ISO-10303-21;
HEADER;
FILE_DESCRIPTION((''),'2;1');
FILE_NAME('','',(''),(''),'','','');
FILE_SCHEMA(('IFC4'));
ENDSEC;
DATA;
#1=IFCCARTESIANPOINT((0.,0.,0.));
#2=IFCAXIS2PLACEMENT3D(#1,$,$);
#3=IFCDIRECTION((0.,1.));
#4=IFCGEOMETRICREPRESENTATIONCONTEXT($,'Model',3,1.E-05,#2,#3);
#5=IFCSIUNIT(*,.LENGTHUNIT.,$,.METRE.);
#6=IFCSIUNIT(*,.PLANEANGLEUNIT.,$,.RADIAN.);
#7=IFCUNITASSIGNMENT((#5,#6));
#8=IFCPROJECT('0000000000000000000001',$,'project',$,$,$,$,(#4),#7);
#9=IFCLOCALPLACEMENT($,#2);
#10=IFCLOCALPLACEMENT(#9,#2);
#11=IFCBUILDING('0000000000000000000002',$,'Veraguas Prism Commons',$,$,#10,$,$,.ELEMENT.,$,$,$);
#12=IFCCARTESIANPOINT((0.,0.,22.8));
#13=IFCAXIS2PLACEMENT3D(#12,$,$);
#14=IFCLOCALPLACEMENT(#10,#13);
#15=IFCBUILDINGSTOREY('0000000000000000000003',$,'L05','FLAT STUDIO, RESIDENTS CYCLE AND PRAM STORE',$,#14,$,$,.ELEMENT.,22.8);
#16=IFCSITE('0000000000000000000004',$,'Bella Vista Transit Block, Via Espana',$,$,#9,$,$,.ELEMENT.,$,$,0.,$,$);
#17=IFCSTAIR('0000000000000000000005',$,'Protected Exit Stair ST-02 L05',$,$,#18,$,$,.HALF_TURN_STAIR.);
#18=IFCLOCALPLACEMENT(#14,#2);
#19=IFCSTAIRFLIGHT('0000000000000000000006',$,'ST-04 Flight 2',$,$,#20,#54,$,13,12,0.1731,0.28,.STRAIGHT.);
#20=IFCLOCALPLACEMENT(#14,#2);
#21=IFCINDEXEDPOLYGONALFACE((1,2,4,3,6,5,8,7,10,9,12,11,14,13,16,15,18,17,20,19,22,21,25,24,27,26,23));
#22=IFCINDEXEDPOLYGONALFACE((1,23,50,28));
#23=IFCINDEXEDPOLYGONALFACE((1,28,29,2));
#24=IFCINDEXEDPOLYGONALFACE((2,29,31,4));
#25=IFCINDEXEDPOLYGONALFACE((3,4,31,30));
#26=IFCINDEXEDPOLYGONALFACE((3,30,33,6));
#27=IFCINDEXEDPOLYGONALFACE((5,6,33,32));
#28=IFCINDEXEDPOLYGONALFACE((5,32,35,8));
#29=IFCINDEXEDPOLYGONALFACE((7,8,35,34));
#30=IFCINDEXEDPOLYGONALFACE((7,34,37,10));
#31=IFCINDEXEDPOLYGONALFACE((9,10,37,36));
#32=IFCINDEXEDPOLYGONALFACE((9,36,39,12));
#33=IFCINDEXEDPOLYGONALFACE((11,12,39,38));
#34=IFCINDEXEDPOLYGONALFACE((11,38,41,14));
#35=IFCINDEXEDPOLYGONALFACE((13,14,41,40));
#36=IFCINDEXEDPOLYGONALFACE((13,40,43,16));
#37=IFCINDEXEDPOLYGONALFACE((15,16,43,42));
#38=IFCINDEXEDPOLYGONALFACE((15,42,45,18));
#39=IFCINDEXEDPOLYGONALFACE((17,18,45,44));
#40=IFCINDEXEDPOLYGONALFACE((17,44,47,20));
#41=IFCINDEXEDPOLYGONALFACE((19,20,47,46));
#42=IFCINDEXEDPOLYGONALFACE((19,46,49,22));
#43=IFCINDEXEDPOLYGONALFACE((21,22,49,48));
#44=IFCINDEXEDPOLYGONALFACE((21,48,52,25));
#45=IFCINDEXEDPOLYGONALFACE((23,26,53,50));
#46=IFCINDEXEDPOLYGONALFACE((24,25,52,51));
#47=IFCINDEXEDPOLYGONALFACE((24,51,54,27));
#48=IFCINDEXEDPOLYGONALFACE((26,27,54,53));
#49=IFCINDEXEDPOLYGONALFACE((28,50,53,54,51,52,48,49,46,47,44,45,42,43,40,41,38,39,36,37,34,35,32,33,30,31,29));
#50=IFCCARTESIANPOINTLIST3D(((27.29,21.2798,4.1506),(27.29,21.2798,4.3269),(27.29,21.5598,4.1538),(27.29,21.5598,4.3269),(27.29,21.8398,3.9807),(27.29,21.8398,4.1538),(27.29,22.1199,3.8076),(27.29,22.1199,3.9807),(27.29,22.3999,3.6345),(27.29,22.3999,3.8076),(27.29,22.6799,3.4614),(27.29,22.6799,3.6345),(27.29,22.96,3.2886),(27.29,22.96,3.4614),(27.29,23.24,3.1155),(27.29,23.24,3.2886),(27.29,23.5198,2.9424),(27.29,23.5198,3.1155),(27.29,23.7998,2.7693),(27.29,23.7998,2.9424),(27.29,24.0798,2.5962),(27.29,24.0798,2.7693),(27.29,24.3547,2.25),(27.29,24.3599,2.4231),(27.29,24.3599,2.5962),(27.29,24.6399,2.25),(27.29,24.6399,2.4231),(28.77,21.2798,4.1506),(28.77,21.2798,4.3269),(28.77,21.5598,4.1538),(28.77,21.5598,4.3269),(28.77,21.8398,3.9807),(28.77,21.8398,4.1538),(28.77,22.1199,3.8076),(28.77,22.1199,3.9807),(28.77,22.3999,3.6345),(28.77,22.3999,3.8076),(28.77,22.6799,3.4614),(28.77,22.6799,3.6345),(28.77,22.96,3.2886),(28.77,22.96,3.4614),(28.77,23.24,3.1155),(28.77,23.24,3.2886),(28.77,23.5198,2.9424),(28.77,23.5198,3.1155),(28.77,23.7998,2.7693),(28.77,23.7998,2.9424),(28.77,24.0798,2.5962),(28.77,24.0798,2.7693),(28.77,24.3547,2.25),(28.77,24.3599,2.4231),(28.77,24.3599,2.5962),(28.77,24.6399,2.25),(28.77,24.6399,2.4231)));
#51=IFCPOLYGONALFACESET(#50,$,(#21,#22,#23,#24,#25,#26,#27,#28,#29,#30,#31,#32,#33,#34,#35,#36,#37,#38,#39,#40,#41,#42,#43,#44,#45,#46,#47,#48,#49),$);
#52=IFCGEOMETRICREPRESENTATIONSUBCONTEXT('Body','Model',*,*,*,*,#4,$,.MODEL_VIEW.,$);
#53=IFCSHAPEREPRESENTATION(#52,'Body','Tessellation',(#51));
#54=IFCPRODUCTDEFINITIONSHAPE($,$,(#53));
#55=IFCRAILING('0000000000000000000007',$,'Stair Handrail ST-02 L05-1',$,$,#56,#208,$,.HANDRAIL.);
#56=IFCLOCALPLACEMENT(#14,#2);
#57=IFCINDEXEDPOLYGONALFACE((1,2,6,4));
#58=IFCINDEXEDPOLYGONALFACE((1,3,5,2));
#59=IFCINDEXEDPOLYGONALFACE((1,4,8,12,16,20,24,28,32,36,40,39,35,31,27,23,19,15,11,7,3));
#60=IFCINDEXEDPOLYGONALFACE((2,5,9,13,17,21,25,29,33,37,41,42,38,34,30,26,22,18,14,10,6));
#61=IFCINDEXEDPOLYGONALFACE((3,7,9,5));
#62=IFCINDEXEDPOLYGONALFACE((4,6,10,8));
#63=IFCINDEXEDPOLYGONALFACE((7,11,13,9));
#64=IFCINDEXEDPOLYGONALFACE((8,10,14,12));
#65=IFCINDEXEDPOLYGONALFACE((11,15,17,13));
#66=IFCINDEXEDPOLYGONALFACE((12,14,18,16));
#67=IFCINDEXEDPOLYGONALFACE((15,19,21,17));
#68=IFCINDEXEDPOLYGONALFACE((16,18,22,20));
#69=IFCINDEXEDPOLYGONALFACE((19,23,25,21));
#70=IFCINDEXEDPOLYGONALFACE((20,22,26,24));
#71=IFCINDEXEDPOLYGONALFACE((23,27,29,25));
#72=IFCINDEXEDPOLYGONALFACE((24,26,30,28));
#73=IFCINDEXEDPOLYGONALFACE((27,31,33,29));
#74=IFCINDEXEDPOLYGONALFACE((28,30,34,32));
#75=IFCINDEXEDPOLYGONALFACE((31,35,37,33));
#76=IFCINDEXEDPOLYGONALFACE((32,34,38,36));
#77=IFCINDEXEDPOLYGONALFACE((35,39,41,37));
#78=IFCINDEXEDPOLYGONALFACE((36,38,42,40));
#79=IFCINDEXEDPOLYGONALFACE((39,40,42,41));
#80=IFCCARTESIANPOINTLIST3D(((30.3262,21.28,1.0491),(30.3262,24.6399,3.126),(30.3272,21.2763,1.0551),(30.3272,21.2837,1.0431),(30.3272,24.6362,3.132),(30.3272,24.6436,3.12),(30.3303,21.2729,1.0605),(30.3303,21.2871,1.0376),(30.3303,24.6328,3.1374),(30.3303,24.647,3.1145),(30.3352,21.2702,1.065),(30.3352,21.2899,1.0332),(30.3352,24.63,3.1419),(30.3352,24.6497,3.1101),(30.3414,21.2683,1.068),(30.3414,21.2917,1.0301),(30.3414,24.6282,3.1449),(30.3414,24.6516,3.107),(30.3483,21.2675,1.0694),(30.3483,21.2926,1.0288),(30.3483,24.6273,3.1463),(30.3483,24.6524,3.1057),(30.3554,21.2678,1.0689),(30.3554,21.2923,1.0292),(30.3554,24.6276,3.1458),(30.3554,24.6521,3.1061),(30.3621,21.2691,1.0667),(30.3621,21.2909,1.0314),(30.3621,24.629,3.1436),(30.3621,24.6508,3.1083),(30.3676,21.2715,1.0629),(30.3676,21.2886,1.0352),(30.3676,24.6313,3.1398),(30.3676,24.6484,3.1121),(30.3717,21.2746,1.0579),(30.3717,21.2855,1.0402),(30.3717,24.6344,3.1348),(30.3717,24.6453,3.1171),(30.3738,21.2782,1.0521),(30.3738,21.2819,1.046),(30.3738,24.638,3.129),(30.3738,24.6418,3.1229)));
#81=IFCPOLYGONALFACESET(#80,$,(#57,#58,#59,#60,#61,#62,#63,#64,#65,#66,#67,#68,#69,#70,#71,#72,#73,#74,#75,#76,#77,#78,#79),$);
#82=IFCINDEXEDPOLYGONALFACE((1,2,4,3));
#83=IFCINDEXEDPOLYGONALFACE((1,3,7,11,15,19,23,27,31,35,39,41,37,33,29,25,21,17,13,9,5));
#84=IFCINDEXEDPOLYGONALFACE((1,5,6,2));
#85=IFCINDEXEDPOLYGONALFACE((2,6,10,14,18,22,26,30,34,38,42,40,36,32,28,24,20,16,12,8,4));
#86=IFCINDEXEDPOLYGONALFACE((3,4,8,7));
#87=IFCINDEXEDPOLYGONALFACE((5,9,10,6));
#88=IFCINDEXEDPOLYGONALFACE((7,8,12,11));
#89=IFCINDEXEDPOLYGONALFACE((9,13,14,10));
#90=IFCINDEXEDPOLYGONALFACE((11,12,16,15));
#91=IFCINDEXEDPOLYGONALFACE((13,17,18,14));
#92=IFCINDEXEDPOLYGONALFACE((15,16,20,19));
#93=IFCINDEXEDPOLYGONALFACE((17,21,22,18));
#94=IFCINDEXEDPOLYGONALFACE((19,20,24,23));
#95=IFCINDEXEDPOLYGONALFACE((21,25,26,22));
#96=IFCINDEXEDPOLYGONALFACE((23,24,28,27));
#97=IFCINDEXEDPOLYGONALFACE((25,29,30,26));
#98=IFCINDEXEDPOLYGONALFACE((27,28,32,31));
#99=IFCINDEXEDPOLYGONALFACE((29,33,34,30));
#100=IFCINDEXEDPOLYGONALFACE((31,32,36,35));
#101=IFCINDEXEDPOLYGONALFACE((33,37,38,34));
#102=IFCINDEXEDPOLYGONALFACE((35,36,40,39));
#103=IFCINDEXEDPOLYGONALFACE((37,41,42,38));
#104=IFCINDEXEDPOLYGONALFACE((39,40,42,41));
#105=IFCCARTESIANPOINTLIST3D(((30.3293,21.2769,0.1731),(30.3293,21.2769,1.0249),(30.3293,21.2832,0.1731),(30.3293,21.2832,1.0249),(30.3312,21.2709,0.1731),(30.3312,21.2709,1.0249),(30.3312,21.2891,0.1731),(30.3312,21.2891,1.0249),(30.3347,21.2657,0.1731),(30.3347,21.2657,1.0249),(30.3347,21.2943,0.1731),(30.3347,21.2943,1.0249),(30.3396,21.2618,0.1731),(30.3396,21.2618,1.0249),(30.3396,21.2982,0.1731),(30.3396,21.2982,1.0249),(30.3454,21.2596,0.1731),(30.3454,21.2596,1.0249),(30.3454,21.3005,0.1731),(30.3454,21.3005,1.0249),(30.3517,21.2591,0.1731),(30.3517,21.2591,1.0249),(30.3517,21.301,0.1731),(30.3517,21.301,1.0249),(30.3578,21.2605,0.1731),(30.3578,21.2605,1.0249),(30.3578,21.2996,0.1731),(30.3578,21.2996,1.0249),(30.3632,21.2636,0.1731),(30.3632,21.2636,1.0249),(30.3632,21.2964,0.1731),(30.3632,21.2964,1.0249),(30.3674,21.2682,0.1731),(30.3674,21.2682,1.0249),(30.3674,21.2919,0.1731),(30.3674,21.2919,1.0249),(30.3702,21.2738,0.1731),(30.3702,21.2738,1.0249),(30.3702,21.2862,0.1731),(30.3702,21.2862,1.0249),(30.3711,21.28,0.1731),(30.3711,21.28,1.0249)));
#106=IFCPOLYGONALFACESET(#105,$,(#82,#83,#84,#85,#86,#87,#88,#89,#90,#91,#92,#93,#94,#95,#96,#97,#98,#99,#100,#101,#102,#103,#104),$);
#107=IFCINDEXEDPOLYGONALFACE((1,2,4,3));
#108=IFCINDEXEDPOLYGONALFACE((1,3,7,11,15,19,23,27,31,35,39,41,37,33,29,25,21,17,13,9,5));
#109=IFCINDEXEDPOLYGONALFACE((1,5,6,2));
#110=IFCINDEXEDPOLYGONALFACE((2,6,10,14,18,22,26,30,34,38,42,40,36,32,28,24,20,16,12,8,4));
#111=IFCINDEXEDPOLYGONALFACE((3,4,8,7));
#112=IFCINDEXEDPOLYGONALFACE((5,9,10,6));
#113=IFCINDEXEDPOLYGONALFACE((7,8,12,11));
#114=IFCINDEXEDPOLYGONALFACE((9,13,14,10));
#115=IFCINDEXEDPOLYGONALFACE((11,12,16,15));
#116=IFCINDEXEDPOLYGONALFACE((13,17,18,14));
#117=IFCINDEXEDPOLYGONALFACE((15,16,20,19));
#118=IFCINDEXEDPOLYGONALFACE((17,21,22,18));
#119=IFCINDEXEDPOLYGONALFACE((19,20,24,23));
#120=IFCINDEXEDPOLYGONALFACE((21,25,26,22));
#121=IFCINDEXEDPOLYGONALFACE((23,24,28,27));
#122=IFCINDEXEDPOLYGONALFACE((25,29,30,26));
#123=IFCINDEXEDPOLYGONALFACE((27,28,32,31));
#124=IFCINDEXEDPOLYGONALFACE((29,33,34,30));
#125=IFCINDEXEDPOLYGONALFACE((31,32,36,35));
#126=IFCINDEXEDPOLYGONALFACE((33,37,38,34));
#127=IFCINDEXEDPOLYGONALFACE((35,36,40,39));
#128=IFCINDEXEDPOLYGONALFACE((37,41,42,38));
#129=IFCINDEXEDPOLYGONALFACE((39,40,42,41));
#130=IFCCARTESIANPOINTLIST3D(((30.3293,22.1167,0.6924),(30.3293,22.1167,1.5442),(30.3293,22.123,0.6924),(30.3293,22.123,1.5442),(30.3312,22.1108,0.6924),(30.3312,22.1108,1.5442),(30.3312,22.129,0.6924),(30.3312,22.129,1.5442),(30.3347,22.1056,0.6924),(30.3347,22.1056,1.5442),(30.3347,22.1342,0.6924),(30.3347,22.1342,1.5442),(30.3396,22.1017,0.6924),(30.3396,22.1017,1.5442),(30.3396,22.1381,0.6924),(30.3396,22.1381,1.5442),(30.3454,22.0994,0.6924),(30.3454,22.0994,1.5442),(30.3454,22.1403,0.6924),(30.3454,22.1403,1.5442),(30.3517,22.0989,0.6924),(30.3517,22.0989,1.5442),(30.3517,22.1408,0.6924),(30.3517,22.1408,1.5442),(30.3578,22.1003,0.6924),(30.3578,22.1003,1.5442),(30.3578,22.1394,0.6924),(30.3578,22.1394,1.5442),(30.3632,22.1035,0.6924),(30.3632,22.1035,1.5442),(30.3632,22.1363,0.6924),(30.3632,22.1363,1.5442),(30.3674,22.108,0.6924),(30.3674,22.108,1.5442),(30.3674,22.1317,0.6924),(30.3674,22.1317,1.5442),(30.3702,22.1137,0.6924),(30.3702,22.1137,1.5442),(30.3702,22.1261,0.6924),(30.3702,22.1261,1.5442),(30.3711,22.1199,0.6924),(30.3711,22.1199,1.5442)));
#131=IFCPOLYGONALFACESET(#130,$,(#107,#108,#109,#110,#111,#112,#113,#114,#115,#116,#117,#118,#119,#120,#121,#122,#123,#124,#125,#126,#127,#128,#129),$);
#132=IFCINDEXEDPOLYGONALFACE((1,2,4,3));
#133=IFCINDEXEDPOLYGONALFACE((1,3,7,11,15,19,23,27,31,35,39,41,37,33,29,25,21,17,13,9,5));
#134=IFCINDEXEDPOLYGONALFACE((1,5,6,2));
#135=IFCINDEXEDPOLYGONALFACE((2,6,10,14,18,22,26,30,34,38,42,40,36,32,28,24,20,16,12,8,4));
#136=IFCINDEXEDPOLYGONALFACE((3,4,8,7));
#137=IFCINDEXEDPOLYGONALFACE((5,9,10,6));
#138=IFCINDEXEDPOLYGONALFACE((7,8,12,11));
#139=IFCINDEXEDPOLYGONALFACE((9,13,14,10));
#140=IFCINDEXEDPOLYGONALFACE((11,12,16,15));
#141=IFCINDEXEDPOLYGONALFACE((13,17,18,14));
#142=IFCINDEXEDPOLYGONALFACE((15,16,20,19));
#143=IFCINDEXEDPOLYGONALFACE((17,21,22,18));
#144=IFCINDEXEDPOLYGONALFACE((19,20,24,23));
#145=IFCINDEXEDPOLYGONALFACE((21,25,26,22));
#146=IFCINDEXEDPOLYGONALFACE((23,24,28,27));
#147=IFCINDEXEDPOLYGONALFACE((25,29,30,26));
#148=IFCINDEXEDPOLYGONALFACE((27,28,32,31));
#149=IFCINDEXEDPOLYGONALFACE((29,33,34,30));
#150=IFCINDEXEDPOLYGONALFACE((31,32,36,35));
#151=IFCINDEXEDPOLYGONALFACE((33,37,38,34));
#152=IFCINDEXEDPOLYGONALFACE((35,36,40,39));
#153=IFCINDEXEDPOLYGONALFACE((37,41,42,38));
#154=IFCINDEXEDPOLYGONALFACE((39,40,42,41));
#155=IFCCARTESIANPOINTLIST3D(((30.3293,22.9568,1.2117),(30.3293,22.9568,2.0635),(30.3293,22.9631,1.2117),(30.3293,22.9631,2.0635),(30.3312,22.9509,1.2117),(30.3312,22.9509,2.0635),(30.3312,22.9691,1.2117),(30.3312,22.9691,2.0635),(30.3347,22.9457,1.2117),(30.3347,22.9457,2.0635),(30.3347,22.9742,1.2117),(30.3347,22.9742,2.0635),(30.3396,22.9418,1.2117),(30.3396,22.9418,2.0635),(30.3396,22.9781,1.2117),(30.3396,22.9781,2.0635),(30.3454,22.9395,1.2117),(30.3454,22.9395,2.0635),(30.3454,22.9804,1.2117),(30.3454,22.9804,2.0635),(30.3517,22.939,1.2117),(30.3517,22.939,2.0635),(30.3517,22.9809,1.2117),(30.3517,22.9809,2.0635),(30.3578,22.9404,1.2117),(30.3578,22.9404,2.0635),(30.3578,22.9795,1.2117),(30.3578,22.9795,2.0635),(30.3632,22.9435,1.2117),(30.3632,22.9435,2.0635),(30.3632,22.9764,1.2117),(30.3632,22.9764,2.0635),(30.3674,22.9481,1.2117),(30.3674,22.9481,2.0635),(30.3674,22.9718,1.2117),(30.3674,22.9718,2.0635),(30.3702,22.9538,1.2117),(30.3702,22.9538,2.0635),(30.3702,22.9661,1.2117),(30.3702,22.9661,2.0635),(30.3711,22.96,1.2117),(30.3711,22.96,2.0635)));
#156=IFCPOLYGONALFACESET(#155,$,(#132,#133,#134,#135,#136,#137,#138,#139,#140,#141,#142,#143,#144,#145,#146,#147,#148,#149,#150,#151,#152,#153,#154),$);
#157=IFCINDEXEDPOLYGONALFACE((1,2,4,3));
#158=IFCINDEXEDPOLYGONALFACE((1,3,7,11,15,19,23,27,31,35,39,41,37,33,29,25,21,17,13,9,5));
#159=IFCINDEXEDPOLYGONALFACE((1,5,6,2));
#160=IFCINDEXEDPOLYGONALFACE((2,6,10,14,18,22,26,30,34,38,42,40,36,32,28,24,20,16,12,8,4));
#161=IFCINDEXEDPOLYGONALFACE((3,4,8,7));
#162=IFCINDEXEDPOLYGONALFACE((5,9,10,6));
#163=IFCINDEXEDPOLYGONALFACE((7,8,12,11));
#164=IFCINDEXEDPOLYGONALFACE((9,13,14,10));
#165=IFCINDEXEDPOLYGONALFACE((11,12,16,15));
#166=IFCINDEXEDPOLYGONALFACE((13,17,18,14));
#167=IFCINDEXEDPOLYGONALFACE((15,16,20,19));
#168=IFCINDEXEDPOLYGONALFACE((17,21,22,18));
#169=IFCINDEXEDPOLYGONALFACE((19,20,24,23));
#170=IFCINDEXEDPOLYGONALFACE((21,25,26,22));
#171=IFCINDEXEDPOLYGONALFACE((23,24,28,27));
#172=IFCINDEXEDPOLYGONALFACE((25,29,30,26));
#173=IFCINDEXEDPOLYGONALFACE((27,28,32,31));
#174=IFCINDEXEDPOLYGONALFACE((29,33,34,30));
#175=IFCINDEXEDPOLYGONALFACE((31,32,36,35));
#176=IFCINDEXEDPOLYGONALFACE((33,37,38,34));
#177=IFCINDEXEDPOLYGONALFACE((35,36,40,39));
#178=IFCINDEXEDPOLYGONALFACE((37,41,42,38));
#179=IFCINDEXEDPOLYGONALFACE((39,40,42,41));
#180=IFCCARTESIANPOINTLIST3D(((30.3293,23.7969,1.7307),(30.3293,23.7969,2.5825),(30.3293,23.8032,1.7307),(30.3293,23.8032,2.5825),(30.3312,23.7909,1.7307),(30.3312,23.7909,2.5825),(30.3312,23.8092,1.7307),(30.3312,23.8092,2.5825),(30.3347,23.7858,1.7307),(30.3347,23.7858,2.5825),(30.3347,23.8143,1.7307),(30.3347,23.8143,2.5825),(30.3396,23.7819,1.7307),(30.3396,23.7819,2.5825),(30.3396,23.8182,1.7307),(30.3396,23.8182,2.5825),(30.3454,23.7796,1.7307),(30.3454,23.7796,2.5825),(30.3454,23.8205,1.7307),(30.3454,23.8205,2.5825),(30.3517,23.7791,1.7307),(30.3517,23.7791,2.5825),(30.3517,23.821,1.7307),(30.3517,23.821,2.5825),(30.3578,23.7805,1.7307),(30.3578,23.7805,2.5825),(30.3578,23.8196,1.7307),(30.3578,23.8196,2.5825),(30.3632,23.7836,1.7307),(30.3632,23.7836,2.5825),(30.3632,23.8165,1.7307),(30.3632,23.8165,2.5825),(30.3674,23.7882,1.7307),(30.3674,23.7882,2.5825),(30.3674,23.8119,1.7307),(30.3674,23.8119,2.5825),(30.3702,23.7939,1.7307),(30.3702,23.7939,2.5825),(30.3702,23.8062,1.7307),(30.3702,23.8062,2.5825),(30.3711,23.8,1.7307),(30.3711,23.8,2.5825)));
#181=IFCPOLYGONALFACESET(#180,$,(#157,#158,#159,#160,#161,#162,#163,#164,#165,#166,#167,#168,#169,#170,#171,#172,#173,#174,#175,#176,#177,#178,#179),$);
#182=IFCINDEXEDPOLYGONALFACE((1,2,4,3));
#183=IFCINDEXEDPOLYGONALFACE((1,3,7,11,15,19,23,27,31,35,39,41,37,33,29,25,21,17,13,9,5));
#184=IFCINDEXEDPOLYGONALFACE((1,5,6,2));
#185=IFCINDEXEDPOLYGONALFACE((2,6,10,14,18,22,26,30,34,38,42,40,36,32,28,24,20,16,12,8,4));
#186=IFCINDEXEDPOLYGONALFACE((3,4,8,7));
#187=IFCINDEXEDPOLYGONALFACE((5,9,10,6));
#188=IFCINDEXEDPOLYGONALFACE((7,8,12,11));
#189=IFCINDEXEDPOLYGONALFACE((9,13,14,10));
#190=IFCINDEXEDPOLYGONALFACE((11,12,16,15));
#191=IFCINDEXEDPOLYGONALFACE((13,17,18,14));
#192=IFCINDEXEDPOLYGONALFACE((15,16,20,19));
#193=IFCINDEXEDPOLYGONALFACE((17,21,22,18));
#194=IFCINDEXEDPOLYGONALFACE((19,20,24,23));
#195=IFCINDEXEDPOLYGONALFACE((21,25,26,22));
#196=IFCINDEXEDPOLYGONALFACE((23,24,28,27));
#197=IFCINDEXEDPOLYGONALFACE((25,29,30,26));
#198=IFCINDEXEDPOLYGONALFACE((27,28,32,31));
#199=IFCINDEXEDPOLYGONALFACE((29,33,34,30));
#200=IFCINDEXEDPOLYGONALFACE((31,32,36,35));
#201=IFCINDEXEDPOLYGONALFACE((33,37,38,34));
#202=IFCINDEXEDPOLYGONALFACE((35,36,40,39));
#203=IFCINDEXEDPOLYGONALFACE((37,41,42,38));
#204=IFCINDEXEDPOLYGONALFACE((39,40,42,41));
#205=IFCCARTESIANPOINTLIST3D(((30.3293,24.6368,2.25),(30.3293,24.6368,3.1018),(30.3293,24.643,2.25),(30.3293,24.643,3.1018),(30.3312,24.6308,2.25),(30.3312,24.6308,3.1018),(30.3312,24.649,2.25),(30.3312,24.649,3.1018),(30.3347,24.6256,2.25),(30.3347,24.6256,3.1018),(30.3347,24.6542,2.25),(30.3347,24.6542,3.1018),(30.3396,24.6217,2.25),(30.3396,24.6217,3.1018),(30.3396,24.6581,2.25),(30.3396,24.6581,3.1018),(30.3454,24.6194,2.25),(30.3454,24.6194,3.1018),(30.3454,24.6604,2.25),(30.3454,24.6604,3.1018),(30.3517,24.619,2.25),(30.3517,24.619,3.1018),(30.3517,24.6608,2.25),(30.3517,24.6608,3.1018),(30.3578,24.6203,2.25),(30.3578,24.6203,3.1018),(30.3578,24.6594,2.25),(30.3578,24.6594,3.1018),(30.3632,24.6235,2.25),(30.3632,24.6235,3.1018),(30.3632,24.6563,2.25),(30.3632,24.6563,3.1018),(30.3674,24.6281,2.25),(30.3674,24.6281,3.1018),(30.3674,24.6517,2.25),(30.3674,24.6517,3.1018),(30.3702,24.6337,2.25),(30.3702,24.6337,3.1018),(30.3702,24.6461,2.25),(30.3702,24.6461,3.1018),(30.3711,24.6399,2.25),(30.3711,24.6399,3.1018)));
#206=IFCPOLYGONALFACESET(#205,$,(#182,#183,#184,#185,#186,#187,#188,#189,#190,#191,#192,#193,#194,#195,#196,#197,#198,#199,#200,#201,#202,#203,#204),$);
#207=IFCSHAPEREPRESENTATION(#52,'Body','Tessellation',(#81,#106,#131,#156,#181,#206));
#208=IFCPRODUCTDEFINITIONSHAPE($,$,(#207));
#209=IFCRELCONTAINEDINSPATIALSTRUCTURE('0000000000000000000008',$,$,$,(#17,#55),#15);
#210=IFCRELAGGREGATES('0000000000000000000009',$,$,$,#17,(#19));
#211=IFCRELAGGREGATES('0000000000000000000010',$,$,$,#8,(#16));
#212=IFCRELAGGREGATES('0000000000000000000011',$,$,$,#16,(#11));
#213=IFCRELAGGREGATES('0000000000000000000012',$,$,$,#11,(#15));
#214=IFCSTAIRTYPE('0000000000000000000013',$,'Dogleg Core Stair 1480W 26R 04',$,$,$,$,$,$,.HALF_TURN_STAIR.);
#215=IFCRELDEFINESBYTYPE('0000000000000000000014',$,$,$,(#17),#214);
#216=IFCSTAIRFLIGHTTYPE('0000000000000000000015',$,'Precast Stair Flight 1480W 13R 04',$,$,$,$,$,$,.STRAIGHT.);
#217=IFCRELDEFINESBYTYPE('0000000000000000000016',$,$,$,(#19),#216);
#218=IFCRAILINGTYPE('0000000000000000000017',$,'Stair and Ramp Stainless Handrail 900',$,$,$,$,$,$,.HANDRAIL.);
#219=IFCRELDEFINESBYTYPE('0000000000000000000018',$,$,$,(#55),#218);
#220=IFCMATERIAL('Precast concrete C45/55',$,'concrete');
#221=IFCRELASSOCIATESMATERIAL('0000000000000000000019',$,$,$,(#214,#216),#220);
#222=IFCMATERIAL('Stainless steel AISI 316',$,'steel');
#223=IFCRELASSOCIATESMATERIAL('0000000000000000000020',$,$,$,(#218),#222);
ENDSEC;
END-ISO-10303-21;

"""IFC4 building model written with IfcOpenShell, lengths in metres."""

from ifc_helpers import new_model, si_unit, direction, frame, origin, origin_2d, place, context, subcontext, project, spatial, polyline, circle, outline, extrude, material, type_object, element, aggregate, save


model = new_model("IFC4")

# Units and contexts
model_context = context("Model", 3, precision=1e-05, world=origin(), true_north=direction((0.0, 1.0)))
body_context = subcontext(model_context, "Body", "Model", "MODEL_VIEW")
ifc_project = project(units=[si_unit("LENGTHUNIT", "METRE"), si_unit("PLANEANGLEUNIT", "RADIAN")], contexts=[model_context])

# Site, building, storey
site_placement = place(None, origin())
site = spatial("IfcSite", under=ifc_project, at=site_placement, Name="Bella Vista Transit Block, Via Espana", CompositionType="ELEMENT", RefElevation=0.0)
building_placement = place(site_placement, origin())
building = spatial("IfcBuilding", under=site, at=building_placement, Name="Veraguas Prism Commons", CompositionType="ELEMENT")
storey_placement = place(building_placement, frame((0.0, 0.0, 22.8)))
storey = spatial("IfcBuildingStorey", under=building, at=storey_placement, Name="L05", Description="FLAT STUDIO, RESIDENTS CYCLE AND PRAM STORE", CompositionType="ELEMENT", Elevation=22.8)

# Shared definitions
ifc_material_1 = material(Name="Stainless steel AISI 316", Category="steel")

# Stair, stair flight
ifc_material_2 = material(Name="Precast concrete C45/55", Category="concrete")
stair_type = type_object("IfcStairType", Name="Dogleg Core Stair 1480W 26R 04", PredefinedType="HALF_TURN_STAIR", material=ifc_material_2)
stair_placement = place(storey_placement, origin())
stair = element("IfcStair", 1, at=stair_placement, inside=storey, type_object=stair_type, Name="Protected Exit Stair ST-02 L05", PredefinedType="HALF_TURN_STAIR")
stair_flight_type = type_object("IfcStairFlightType", Name="Precast Stair Flight 1480W 13R 04", PredefinedType="STRAIGHT", material=ifc_material_2)
stair_flight_placement = place(storey_placement, frame((28.03, 24.6399, 2.25), z_axis=(0.0, 0.0, 1.0), x_axis=(0.0, -1.0, 0.0)))
stair_flight = element("IfcStairFlight", 2, at=stair_flight_placement, type_object=stair_flight_type, Name="ST-04 Flight 2", NumberOfRisers=13, NumberOfTreads=12, PredefinedType="STRAIGHT", RiserHeight=0.1731, TreadLength=0.28, context=body_context, shape_type="SweptSolid", body=[
    extrude(outline(polyline([(0.0, 0.0), (0.0, 0.1731), (0.28, 0.1731), (0.28, 0.3462), (0.5601, 0.3462), (0.5601, 0.5193), (0.8401, 0.5193), (0.8401, 0.6924), (1.1201, 0.6924), (1.1201, 0.8655), (1.3999, 0.8655), (1.3999, 1.0386), (1.6799, 1.0386), (1.6799, 1.2114), (1.96, 1.2114), (1.96, 1.3845), (2.24, 1.3845), (2.24, 1.5576), (2.52, 1.5576), (2.52, 1.7307), (2.8, 1.7307), (2.8, 1.9038), (3.0801, 1.9038), (3.0801, 2.0769), (3.3601, 2.0769), (3.3601, 2.25), (3.3601, 1.9006), (0.2852, 0.0), (0.0, 0.0)])), frame((0.0, 0.74, 0.0), z_axis=(0.0, -1.0, 0.0), x_axis=(1.0, 0.0, 0.0)), (0.0, 0.0, 1.0), 1.48),
])
aggregate(stair, [stair_flight])

# Railing
railing_type_1 = type_object("IfcRailingType", Name="Stair and Ramp Stainless Handrail 900", PredefinedType="HANDRAIL", material=ifc_material_1)
railing_1_placement = place(storey_placement, frame((30.3501, 21.28, 0.1731)))
element("IfcRailing", 3, at=railing_1_placement, inside=storey, type_object=railing_type_1, Name="Stair Handrail ST-02 L05-1", PredefinedType="HANDRAIL", context=body_context, shape_type="SweptSolid", body=[
    extrude(circle(Radius=0.0239, at=origin_2d()), frame((0.0, 0.0, 0.876), z_axis=(0.0, 0.850606, 0.525803), x_axis=(-1.0, 0.0, 0.0)), (0.0, 0.0, 1.0), 3.95),
    extrude(circle(Radius=0.021, at=origin_2d()), origin(), (0.0, 0.0, 1.0), 0.8518),
    extrude(circle(Radius=0.021, at=origin_2d()), frame((0.0, 0.8398, 0.5193)), (0.0, 0.0, 1.0), 0.8518),
    extrude(circle(Radius=0.021, at=origin_2d()), frame((0.0, 1.6799, 1.0386)), (0.0, 0.0, 1.0), 0.8518),
    extrude(circle(Radius=0.021, at=origin_2d()), frame((0.0, 2.52, 1.5576)), (0.0, 0.0, 1.0), 0.8518),
    extrude(circle(Radius=0.021, at=origin_2d()), frame((0.0, 3.3599, 2.0769)), (0.0, 0.0, 1.0), 0.8518),
])

save(model, "model.ifc")
